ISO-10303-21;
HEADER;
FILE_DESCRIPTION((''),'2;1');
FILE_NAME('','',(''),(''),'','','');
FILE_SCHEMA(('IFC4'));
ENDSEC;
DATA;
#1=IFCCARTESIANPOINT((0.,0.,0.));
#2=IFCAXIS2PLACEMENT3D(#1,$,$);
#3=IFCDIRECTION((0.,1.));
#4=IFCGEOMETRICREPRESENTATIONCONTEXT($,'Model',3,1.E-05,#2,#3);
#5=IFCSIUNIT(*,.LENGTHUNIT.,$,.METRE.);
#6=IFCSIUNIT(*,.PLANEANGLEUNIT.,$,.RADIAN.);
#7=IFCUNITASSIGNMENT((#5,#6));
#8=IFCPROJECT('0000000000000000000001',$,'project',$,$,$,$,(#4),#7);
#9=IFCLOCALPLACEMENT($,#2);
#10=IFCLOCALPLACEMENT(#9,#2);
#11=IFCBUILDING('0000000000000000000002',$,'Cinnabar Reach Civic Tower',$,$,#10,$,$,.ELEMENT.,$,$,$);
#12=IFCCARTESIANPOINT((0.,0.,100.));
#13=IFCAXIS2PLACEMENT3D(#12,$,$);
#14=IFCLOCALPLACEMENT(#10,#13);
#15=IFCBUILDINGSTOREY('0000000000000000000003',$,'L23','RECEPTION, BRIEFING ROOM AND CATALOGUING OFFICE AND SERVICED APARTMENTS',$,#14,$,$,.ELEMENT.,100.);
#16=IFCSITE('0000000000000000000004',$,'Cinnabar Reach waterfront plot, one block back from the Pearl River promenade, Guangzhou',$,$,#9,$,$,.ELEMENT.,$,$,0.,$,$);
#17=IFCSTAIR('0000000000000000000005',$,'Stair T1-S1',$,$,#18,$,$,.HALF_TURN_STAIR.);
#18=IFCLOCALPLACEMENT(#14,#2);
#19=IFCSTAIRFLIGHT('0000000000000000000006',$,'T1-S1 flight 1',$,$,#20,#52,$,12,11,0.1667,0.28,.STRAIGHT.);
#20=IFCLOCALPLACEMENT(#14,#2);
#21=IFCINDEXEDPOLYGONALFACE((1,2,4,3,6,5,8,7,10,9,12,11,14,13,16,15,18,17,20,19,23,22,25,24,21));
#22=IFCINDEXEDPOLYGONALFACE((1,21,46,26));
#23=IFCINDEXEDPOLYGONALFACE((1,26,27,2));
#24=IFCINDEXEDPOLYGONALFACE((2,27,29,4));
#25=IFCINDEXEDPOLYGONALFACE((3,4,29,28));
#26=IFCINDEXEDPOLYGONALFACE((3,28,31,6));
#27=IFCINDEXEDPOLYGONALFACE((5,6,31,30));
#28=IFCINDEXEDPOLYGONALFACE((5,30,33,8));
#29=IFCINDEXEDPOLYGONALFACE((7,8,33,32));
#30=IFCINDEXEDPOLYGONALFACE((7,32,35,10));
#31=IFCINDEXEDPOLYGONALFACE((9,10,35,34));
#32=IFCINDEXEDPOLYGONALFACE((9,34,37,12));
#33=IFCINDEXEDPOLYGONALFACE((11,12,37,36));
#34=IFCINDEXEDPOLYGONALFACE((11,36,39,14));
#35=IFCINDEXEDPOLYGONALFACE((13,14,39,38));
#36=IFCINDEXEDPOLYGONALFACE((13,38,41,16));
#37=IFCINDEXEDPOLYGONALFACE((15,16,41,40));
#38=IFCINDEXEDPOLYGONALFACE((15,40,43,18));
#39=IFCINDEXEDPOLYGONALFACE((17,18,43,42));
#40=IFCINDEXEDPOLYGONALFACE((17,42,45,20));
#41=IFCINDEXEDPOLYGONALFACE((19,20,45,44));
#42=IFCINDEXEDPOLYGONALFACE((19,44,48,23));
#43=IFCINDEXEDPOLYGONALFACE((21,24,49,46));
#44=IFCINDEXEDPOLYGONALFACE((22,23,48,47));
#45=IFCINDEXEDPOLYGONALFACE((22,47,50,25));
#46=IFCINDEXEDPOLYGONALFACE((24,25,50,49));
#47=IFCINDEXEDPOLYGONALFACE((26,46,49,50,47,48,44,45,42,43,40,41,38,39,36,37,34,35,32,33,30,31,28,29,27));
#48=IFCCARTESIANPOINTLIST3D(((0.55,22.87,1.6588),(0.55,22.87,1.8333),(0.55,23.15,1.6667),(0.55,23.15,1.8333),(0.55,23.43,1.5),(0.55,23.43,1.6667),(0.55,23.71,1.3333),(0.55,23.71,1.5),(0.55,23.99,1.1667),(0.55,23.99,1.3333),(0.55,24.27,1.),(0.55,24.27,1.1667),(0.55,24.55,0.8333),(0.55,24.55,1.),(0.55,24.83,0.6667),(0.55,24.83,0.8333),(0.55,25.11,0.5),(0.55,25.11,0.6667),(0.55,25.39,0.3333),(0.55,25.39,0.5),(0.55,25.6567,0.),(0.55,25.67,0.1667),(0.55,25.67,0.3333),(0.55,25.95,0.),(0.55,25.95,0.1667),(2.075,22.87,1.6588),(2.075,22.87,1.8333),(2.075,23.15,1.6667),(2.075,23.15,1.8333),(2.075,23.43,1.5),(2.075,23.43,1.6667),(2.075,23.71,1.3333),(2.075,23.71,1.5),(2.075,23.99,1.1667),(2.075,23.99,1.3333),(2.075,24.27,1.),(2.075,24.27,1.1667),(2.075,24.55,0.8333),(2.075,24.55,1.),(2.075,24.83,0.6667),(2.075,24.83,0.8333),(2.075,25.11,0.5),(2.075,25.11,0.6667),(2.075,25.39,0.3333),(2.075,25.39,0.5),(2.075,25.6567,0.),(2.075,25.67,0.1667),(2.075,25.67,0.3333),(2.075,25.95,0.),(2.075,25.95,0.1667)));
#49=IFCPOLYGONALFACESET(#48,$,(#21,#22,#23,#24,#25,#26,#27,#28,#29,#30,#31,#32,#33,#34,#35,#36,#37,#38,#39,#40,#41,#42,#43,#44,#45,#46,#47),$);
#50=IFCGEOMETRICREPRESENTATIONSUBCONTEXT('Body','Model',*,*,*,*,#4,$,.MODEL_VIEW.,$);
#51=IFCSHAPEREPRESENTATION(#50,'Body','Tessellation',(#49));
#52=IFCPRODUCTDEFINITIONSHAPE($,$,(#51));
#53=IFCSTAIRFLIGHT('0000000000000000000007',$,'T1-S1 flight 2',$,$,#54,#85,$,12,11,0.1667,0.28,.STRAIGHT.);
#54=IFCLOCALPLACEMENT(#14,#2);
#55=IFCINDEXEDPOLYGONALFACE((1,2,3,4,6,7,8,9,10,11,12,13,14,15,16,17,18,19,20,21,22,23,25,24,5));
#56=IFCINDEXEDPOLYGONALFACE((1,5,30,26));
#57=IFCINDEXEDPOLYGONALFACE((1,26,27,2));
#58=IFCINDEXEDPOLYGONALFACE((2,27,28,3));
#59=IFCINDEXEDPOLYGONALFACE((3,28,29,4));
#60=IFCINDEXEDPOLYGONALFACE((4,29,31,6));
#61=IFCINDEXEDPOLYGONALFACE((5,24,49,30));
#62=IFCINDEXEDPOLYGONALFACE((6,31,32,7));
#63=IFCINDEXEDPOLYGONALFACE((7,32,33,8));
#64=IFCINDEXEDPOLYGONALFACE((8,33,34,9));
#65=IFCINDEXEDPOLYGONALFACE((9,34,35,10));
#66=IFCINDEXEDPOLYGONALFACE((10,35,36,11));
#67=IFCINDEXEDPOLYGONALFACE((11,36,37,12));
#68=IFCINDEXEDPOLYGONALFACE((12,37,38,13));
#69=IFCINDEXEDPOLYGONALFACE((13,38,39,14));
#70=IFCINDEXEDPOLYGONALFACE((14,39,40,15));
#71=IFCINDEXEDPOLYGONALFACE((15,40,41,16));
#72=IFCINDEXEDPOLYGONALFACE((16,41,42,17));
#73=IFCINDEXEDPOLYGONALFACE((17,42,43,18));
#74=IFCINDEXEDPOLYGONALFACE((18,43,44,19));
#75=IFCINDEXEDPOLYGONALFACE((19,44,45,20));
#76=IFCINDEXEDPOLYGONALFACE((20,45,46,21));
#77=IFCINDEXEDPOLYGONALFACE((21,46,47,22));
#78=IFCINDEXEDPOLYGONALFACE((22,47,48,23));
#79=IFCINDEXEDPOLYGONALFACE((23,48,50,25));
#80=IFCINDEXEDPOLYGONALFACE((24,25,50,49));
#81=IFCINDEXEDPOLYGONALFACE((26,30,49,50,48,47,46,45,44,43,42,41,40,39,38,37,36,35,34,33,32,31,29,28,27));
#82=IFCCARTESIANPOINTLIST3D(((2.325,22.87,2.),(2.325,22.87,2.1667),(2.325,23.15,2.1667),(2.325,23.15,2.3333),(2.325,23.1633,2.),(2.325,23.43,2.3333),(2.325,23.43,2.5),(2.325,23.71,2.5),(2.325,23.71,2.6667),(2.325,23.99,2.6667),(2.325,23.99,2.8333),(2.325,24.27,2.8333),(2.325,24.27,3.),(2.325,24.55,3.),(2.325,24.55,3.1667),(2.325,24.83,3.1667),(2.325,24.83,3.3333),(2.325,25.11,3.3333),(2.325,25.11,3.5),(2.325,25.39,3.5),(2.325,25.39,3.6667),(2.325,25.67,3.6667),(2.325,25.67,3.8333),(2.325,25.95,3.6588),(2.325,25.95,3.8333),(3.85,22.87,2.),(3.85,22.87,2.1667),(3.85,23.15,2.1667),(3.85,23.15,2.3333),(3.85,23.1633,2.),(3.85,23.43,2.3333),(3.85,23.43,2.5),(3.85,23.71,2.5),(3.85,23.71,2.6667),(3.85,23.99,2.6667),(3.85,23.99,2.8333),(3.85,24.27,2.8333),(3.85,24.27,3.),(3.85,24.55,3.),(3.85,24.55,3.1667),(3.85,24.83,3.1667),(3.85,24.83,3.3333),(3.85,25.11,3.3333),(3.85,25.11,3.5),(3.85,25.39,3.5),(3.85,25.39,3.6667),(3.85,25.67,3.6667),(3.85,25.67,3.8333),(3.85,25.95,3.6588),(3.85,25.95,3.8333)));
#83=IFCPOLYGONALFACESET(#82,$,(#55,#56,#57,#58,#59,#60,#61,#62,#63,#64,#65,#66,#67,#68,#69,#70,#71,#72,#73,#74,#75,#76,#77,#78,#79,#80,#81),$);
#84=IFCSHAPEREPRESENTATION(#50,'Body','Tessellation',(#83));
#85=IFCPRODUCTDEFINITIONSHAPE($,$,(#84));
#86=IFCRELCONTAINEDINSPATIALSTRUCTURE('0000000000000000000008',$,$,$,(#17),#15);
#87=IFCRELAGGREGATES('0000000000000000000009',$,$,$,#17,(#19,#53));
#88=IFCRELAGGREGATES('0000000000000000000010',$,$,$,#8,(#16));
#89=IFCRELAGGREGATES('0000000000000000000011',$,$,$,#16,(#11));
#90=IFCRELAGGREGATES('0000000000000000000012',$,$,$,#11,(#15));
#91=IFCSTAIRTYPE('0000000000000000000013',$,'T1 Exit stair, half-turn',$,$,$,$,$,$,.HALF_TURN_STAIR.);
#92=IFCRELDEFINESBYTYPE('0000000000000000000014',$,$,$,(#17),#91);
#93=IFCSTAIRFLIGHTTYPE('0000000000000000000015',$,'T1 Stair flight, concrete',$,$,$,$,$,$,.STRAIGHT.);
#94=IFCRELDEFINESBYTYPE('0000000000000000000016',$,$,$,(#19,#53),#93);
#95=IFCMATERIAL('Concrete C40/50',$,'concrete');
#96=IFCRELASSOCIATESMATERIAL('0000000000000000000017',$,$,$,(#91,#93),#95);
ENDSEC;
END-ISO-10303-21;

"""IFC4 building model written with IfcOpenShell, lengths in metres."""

from ifc_helpers import new_model, si_unit, direction, frame, origin, place, context, subcontext, project, spatial, polyline, outline, extrude, material, type_object, element, aggregate, save


model = new_model("IFC4")

# Units and contexts
model_context = context("Model", 3, precision=1e-05, world=origin(), true_north=direction((0.0, 1.0)))
body_context = subcontext(model_context, "Body", "Model", "MODEL_VIEW")
ifc_project = project(units=[si_unit("LENGTHUNIT", "METRE"), si_unit("PLANEANGLEUNIT", "RADIAN")], contexts=[model_context])

# Site, building, storey
site_placement = place(None, origin())
site = spatial("IfcSite", under=ifc_project, at=site_placement, Name="Cinnabar Reach waterfront plot, one block back from the Pearl River promenade, Guangzhou", CompositionType="ELEMENT", RefElevation=0.0)
building_placement = place(site_placement, origin())
building = spatial("IfcBuilding", under=site, at=building_placement, Name="Cinnabar Reach Civic Tower", CompositionType="ELEMENT")
storey_placement = place(building_placement, frame((0.0, 0.0, 100.0)))
storey = spatial("IfcBuildingStorey", under=building, at=storey_placement, Name="L23", Description="RECEPTION, BRIEFING ROOM AND CATALOGUING OFFICE AND SERVICED APARTMENTS", CompositionType="ELEMENT", Elevation=100.0)

# Stair, stair flights
ifc_material_1 = material(Name="Concrete C40/50", Category="concrete")
stair_type = type_object("IfcStairType", Name="T1 Exit stair, half-turn", PredefinedType="HALF_TURN_STAIR", material=ifc_material_1)
stair_placement = place(storey_placement, origin())
stair = element("IfcStair", 1, at=stair_placement, inside=storey, type_object=stair_type, Name="Stair T1-S1", PredefinedType="HALF_TURN_STAIR")
stair_flight_type = type_object("IfcStairFlightType", Name="T1 Stair flight, concrete", PredefinedType="STRAIGHT", material=ifc_material_1)
stair_flight_1_placement = place(storey_placement, frame((1.3125, 25.95, 0.0), z_axis=(0.0, 0.0, 1.0), x_axis=(0.0, -1.0, 0.0)))
stair_flight_1 = element("IfcStairFlight", 2, at=stair_flight_1_placement, type_object=stair_flight_type, Name="T1-S1 flight 1", NumberOfRisers=12, NumberOfTreads=11, PredefinedType="STRAIGHT", RiserHeight=0.1667, TreadLength=0.28, context=body_context, shape_type="SweptSolid", body=[
    extrude(outline(polyline([(0.0, 0.0), (0.0, 0.1667), (0.28, 0.1667), (0.28, 0.3333), (0.56, 0.3333), (0.56, 0.5), (0.84, 0.5), (0.84, 0.6667), (1.12, 0.6667), (1.12, 0.8333), (1.4, 0.8333), (1.4, 1.0), (1.68, 1.0), (1.68, 1.1667), (1.96, 1.1667), (1.96, 1.3333), (2.24, 1.3333), (2.24, 1.5), (2.52, 1.5), (2.52, 1.6667), (2.8, 1.6667), (2.8, 1.8333), (3.08, 1.8333), (3.08, 2.0), (3.08, 1.6588), (0.2933, 0.0), (0.0, 0.0)])), frame((0.0, 0.7625, 0.0), z_axis=(0.0, -1.0, 0.0), x_axis=(1.0, 0.0, 0.0)), (0.0, 0.0, 1.0), 1.525),
])
stair_flight_2_placement = place(storey_placement, frame((3.0875, 22.87, 2.0), z_axis=(0.0, 0.0, 1.0), x_axis=(0.0, 1.0, 0.0)))
stair_flight_2 = element("IfcStairFlight", 3, at=stair_flight_2_placement, type_object=stair_flight_type, Name="T1-S1 flight 2", NumberOfRisers=12, NumberOfTreads=11, PredefinedType="STRAIGHT", RiserHeight=0.1667, TreadLength=0.28, context=body_context, shape_type="SweptSolid", body=[
    extrude(outline(polyline([(0.0, 0.0), (0.0, 0.1667), (0.28, 0.1667), (0.28, 0.3333), (0.56, 0.3333), (0.56, 0.5), (0.84, 0.5), (0.84, 0.6667), (1.12, 0.6667), (1.12, 0.8333), (1.4, 0.8333), (1.4, 1.0), (1.68, 1.0), (1.68, 1.1667), (1.96, 1.1667), (1.96, 1.3333), (2.24, 1.3333), (2.24, 1.5), (2.52, 1.5), (2.52, 1.6667), (2.8, 1.6667), (2.8, 1.8333), (3.08, 1.8333), (3.08, 2.0), (3.08, 1.6588), (0.2933, 0.0), (0.0, 0.0)])), frame((0.0, 0.7625, 0.0), z_axis=(0.0, -1.0, 0.0), x_axis=(1.0, 0.0, 0.0)), (0.0, 0.0, 1.0), 1.525),
])
aggregate(stair, [stair_flight_1, stair_flight_2])

save(model, "model.ifc")
